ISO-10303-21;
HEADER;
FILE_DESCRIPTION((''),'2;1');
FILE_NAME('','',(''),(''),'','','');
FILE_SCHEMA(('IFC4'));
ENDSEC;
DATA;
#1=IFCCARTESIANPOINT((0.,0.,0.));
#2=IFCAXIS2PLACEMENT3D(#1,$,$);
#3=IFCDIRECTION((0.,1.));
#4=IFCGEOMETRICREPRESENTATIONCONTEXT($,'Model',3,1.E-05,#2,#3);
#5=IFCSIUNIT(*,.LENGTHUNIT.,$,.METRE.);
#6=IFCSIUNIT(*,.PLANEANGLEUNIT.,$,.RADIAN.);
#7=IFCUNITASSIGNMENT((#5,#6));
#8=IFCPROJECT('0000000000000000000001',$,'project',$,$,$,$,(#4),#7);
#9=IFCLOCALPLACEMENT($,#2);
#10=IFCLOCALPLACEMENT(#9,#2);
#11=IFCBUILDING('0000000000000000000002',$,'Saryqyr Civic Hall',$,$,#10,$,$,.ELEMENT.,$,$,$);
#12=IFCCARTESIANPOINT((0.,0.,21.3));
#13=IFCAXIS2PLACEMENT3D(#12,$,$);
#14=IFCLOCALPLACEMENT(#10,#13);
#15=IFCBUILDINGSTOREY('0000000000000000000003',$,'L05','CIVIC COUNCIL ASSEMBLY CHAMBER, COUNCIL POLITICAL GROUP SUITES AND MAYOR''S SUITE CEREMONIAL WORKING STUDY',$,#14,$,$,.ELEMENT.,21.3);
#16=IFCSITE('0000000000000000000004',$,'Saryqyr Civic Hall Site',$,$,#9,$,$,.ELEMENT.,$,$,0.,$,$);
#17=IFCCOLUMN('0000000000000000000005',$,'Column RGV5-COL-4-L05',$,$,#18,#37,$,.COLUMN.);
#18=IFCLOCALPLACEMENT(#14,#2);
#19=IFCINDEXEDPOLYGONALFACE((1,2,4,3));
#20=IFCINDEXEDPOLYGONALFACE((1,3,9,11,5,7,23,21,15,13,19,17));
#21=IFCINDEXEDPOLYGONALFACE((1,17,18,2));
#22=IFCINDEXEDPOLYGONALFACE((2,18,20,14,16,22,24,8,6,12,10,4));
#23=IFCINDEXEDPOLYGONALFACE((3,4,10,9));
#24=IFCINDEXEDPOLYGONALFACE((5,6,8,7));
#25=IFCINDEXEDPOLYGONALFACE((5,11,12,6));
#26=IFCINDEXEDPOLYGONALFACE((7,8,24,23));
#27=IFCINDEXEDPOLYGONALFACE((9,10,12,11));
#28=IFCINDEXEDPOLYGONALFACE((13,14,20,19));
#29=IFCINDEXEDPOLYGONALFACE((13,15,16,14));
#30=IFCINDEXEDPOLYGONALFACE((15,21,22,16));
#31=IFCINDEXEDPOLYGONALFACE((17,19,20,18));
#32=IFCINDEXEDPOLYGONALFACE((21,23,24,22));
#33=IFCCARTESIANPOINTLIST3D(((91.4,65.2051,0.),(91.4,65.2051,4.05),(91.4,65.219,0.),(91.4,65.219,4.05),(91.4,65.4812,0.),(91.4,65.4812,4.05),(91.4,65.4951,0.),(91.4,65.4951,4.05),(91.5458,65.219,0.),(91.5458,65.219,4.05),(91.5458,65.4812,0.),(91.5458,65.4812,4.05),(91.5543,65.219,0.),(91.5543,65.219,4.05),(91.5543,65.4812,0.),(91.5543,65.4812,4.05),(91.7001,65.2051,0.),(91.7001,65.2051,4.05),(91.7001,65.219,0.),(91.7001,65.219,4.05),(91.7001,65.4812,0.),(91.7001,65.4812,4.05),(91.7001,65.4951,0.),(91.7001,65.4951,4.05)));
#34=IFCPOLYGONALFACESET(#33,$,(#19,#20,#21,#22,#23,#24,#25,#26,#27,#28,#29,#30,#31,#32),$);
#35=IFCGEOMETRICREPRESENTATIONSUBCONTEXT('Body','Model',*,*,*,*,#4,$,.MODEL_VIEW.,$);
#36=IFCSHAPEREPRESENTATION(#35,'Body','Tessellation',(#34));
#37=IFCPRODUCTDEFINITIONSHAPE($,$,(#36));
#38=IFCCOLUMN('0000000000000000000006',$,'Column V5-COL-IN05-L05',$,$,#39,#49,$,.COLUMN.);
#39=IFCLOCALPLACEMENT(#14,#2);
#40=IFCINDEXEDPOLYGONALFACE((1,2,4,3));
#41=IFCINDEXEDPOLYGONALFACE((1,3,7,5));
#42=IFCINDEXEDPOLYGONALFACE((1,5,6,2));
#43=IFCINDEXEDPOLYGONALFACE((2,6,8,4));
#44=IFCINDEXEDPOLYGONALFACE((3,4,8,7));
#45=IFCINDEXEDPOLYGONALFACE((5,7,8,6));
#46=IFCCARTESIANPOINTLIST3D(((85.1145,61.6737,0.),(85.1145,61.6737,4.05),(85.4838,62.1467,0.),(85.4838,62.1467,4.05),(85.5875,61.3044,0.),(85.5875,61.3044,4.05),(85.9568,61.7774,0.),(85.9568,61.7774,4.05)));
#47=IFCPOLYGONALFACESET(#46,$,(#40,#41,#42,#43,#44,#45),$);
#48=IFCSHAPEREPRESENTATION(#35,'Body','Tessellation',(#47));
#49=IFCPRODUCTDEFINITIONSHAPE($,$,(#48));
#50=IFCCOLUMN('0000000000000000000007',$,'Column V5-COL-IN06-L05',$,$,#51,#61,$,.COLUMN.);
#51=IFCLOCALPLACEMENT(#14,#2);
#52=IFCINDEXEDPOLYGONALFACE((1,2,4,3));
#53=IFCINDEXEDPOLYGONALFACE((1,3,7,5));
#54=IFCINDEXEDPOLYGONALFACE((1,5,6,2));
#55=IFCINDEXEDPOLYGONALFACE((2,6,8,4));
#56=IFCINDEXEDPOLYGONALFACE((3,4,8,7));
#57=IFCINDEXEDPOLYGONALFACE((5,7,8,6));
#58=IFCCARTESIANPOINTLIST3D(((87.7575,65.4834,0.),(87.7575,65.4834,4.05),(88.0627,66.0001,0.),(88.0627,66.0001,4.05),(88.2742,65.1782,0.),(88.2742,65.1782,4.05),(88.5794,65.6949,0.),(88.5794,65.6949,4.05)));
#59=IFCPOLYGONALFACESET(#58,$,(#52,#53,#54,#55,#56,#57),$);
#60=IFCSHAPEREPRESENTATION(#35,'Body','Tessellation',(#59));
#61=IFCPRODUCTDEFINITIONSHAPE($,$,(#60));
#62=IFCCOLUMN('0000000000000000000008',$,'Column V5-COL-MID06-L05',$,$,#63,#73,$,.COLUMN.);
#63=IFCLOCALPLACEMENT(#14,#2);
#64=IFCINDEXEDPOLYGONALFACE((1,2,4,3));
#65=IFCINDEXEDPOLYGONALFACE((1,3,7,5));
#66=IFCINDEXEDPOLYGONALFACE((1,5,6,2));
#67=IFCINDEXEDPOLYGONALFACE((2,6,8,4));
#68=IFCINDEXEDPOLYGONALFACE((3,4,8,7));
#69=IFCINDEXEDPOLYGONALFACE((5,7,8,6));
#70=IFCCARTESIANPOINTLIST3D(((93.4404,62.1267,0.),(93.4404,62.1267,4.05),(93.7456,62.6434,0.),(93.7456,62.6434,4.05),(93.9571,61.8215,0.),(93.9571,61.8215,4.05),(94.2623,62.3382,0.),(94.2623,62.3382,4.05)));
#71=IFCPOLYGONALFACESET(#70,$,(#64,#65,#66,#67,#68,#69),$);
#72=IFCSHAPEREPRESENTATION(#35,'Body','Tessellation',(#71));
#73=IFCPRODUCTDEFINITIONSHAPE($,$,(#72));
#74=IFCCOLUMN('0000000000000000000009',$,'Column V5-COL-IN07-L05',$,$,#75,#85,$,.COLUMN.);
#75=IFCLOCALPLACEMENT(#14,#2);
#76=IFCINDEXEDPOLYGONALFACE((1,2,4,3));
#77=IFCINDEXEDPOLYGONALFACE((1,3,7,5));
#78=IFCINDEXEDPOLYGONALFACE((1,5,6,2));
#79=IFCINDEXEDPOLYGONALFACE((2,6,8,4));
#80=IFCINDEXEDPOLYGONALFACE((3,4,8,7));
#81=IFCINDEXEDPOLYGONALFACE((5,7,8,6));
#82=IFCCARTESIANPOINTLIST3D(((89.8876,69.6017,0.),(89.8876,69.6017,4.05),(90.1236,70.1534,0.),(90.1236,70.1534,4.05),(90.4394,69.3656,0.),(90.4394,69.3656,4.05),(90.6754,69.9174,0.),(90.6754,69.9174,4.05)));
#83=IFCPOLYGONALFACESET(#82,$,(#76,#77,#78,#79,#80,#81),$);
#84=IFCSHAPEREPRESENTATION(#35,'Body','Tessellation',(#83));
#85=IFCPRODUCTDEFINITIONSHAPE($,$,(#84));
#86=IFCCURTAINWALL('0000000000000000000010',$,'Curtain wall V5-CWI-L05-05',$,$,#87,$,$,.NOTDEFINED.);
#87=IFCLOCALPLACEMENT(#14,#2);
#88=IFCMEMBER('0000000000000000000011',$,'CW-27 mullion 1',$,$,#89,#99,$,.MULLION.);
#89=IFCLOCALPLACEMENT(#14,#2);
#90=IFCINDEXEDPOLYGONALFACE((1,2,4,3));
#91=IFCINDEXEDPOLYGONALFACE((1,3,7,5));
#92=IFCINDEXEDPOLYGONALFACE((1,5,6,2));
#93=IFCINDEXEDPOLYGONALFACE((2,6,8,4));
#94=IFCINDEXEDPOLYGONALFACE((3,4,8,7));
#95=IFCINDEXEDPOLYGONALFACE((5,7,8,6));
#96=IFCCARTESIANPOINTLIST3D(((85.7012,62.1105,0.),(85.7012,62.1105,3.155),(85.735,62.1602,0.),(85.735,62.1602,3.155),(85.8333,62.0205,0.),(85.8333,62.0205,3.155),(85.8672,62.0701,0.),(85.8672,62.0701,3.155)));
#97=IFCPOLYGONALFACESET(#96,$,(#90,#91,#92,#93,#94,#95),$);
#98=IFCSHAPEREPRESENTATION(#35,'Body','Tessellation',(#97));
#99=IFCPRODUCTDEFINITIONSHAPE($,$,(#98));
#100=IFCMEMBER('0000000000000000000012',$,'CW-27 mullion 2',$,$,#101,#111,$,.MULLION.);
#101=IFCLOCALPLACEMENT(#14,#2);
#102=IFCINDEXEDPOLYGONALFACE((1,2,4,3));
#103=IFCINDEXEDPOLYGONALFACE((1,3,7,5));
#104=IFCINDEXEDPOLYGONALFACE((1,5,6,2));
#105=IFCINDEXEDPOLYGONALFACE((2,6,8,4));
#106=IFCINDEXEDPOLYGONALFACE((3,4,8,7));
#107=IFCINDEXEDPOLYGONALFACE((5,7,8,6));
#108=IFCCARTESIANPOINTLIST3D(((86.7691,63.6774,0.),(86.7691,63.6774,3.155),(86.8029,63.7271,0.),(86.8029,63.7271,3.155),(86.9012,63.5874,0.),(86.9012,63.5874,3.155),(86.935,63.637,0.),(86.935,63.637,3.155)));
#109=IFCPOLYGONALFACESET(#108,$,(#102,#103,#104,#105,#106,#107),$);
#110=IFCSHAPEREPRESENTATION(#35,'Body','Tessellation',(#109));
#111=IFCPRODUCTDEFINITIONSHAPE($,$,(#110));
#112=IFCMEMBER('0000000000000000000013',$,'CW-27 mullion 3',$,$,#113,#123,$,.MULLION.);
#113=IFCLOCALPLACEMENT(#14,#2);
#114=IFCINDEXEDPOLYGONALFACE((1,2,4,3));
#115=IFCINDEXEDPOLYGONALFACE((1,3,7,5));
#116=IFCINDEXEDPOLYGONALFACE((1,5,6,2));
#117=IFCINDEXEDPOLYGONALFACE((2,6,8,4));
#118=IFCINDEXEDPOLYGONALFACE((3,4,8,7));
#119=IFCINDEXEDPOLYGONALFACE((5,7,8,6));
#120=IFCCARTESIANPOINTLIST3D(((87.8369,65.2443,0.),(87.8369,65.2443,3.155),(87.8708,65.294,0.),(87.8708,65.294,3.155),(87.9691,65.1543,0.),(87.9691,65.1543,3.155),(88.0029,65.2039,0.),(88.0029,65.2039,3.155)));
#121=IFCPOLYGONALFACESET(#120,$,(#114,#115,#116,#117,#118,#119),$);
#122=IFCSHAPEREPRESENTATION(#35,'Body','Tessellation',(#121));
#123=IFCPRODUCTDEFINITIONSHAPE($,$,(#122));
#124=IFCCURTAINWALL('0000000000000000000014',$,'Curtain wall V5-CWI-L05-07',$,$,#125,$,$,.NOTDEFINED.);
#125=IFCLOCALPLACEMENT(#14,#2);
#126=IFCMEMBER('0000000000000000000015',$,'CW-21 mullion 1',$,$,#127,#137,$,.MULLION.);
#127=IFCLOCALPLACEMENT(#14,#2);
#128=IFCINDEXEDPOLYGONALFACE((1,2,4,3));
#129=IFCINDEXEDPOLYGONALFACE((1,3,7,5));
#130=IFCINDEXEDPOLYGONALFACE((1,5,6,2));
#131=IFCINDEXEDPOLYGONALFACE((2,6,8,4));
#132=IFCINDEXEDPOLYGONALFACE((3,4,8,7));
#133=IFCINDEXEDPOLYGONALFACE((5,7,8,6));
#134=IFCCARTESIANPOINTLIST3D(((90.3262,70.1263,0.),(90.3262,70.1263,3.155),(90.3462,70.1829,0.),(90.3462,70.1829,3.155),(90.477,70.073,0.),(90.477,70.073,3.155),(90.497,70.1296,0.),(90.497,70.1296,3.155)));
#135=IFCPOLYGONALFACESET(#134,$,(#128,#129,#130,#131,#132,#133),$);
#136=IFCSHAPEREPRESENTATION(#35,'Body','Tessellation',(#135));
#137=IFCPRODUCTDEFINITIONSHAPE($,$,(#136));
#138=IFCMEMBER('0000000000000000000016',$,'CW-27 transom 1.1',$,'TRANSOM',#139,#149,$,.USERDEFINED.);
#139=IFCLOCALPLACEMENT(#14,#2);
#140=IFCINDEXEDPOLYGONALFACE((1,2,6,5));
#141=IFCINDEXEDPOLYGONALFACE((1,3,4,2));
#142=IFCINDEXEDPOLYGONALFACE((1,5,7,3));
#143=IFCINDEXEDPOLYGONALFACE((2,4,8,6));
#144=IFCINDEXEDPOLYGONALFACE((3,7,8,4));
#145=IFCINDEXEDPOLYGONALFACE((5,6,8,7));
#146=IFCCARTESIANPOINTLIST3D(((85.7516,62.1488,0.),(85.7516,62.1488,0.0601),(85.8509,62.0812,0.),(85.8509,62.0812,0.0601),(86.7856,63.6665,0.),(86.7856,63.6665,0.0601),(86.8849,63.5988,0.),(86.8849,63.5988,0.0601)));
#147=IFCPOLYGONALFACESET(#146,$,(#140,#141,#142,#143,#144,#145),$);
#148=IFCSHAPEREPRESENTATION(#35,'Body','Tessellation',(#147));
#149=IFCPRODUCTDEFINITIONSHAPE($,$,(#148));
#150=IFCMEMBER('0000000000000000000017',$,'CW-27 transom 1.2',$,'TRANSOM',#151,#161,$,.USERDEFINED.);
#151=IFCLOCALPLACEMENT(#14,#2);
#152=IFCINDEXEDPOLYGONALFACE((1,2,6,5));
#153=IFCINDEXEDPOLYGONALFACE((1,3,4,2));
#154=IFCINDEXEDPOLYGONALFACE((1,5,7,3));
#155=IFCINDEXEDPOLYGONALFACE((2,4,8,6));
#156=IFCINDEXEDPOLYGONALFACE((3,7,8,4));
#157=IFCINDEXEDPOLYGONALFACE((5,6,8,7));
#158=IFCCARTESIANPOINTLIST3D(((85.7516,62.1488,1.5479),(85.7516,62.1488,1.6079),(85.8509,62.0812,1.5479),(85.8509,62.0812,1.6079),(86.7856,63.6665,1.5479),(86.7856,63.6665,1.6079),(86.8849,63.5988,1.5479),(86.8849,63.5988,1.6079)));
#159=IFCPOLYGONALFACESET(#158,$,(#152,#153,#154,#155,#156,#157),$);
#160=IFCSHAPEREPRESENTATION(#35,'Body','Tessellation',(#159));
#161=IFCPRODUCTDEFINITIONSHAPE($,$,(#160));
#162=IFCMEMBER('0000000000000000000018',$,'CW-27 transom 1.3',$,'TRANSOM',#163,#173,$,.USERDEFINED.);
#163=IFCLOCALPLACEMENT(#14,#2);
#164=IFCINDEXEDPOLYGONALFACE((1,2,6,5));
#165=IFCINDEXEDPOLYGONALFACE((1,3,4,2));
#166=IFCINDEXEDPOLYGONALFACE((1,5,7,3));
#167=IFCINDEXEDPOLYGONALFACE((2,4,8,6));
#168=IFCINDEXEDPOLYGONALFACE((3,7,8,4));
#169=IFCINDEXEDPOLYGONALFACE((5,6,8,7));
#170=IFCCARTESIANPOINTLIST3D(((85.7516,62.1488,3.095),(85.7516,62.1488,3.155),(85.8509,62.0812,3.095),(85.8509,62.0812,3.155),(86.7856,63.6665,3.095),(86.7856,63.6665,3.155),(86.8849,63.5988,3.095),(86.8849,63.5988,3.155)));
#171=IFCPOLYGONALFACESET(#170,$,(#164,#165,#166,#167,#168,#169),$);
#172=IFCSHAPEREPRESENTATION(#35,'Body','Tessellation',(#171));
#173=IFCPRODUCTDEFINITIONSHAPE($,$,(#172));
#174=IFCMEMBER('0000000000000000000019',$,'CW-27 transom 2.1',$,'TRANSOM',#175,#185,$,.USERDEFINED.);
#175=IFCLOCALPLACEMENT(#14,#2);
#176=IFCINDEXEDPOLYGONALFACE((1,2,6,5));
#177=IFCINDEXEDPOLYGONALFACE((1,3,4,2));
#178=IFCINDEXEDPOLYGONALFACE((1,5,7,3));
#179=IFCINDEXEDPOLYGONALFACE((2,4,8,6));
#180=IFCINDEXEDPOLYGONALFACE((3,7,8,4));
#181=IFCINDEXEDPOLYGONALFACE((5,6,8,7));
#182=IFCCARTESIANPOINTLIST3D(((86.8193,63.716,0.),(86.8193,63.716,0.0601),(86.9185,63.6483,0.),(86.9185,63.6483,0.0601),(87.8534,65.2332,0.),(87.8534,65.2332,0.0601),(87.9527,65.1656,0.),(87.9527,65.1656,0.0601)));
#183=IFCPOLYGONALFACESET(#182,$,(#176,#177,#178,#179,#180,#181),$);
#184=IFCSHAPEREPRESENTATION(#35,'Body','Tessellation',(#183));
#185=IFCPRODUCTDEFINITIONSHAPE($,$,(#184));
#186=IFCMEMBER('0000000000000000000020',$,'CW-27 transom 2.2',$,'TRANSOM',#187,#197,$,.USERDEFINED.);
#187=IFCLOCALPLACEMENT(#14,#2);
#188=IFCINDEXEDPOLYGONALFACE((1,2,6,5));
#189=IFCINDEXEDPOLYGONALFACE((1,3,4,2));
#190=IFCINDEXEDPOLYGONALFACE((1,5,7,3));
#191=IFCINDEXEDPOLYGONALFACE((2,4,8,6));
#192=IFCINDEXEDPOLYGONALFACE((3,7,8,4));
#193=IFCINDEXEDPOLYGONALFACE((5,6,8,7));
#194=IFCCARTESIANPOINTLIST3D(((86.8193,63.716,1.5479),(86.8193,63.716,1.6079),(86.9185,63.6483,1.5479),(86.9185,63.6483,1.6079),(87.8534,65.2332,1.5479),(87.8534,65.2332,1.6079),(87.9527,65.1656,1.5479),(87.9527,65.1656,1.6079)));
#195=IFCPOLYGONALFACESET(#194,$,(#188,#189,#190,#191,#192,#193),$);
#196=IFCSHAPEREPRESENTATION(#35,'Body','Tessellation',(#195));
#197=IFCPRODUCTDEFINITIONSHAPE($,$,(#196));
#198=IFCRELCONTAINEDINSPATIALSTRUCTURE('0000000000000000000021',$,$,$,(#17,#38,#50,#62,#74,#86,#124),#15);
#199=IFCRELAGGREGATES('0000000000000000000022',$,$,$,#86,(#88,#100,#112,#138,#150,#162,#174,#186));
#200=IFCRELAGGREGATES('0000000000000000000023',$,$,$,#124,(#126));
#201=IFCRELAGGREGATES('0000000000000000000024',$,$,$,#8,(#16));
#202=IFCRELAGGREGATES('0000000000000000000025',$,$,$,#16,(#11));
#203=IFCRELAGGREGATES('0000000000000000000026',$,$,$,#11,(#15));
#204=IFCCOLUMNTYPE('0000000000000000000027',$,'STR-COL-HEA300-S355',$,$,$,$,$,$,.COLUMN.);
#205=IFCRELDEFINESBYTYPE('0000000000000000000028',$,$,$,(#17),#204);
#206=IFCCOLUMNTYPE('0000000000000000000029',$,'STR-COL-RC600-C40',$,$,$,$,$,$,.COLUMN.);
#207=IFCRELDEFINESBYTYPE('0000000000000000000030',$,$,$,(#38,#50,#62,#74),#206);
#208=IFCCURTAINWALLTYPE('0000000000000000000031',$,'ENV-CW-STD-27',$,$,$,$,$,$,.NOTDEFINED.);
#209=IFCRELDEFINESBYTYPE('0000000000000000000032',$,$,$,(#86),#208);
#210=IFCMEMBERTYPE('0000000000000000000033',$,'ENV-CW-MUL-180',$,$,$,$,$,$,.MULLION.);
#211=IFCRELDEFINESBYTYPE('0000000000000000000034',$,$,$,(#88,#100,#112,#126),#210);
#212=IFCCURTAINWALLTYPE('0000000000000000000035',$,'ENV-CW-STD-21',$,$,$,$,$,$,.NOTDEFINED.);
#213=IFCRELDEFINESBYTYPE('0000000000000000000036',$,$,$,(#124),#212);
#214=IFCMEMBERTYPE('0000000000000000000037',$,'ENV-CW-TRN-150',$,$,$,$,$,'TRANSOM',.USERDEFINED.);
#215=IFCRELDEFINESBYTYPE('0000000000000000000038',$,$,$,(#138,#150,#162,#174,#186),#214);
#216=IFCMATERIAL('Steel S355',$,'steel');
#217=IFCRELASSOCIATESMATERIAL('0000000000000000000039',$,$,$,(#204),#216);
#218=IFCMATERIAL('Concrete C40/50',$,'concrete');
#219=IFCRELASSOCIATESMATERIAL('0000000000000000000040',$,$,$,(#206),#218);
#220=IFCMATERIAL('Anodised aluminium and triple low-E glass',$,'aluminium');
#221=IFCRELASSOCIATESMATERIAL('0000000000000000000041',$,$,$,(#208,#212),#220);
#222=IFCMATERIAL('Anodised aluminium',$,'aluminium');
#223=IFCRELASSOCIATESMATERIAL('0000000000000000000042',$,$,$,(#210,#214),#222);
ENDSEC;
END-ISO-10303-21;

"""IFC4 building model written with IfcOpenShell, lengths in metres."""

from ifc_helpers import new_model, si_unit, direction, frame, origin, origin_2d, place, context, subcontext, project, spatial, rectangle, i_section, extrude, material, material_profile, profile_set, type_object, element, aggregate, save


model = new_model("IFC4")

# Units and contexts
model_context = context("Model", 3, precision=1e-05, world=origin(), true_north=direction((0.0, 1.0)))
body_context = subcontext(model_context, "Body", "Model", "MODEL_VIEW")
ifc_project = project(units=[si_unit("LENGTHUNIT", "METRE"), si_unit("PLANEANGLEUNIT", "RADIAN")], contexts=[model_context])

# Site, building, storey
site_placement = place(None, origin())
site = spatial("IfcSite", under=ifc_project, at=site_placement, Name="Saryqyr Civic Hall Site", CompositionType="ELEMENT", RefElevation=0.0)
building_placement = place(site_placement, origin())
building = spatial("IfcBuilding", under=site, at=building_placement, Name="Saryqyr Civic Hall", CompositionType="ELEMENT")
storey_placement = place(building_placement, frame((0.0, 0.0, 21.3)))
storey = spatial("IfcBuildingStorey", under=building, at=storey_placement, Name="L05", Description="CIVIC COUNCIL ASSEMBLY CHAMBER, COUNCIL POLITICAL GROUP SUITES AND MAYOR'S SUITE CEREMONIAL WORKING STUDY", CompositionType="ELEMENT", Elevation=21.3)

# Columns
ifc_material_1 = material(Name="Steel S355", Category="steel")
ifc_material_profile_1 = material_profile(ifc_material_1, i_section(OverallWidth=0.3, OverallDepth=0.29, WebThickness=0.0085, FlangeThickness=0.0139, at=origin_2d()), Name="HEA 300")
ifc_profile_set_1 = profile_set([ifc_material_profile_1], Name="Steel S355")
column_type_1 = type_object("IfcColumnType", Name="STR-COL-HEA300-S355", PredefinedType="COLUMN", material=ifc_profile_set_1)
column_placement = place(storey_placement, frame((91.55, 65.3501, 0.0), z_axis=(0.0, 0.0, 1.0), x_axis=(1.0, 0.0, 0.0)))
element("IfcColumn", 1, at=column_placement, inside=storey, type_object=column_type_1, Name="Column RGV5-COL-4-L05", PredefinedType="COLUMN", context=body_context, shape_type="SweptSolid", body=[
    extrude(i_section(OverallWidth=0.3, OverallDepth=0.29, WebThickness=0.0085, FlangeThickness=0.0139, at=origin_2d()), origin(), (0.0, 0.0, 1.0), 4.05),
])
ifc_material_2 = material(Name="Concrete C40/50", Category="concrete")
ifc_material_profile_2 = material_profile(ifc_material_2, rectangle(XDim=0.6001, YDim=0.6001, at=origin_2d()), Name="RC 600x600")
ifc_profile_set_2 = profile_set([ifc_material_profile_2], Name="Concrete C40/50")
column_type_2 = type_object("IfcColumnType", Name="STR-COL-RC600-C40", PredefinedType="COLUMN", material=ifc_profile_set_2)
for number, where, z_axis, x_axis, name in (
    (2, (85.5356, 61.7256, 0.0), (0.0, 0.0, 1.0), (0.788226, -0.615386, 0.0), "Column V5-COL-IN05-L05"),
    (3, (88.1685, 65.5891, 0.0), (0.0, 0.0, 1.0), (0.861008, -0.508591, 0.0), "Column V5-COL-IN06-L05"),
    (4, (93.8513, 62.2324, 0.0), (0.0, 0.0, 1.0), (0.861008, -0.508591, 0.0), "Column V5-COL-MID06-L05"),
    (5, (90.2815, 69.7595, 0.0), (0.0, 0.0, 1.0), (0.91941, -0.3933, 0.0), "Column V5-COL-IN07-L05"),
):
    element("IfcColumn", number, at=place(storey_placement, frame(where, z_axis=z_axis, x_axis=x_axis)), inside=storey, type_object=column_type_2, Name=name, PredefinedType="COLUMN", context=body_context, shape_type="SweptSolid", body=[
        extrude(rectangle(XDim=0.6001, YDim=0.6001, at=origin_2d()), origin(), (0.0, 0.0, 1.0), 4.05),
    ])

# Curtain wall, members
ifc_material_3 = material(Name="Anodised aluminium and triple low-E glass", Category="aluminium")
curtain_wall_type_1 = type_object("IfcCurtainWallType", Name="ENV-CW-STD-27", PredefinedType="NOTDEFINED", material=ifc_material_3)
curtain_wall_1_placement = place(storey_placement, origin())
curtain_wall_1 = element("IfcCurtainWall", 6, at=curtain_wall_1_placement, inside=storey, type_object=curtain_wall_type_1, Name="Curtain wall V5-CWI-L05-05", PredefinedType="NOTDEFINED")
ifc_material_4 = material(Name="Anodised aluminium", Category="aluminium")
ifc_material_profile_3 = material_profile(ifc_material_4, rectangle(XDim=0.0601, YDim=0.1599, at=origin_2d()), Name="ALU MULLION 60x160")
ifc_profile_set_3 = profile_set([ifc_material_profile_3], Name="Anodised aluminium")
member_type_1 = type_object("IfcMemberType", Name="ENV-CW-MUL-180", PredefinedType="MULLION", material=ifc_profile_set_3)
member_1_placement = place(storey_placement, frame((85.7842, 62.0903, 0.0), z_axis=(0.0, 0.0, 1.0), x_axis=(0.56313, 0.826368, 0.0)))
member_1 = element("IfcMember", 7, at=member_1_placement, type_object=member_type_1, Name="CW-27 mullion 1", PredefinedType="MULLION", context=body_context, shape_type="SweptSolid", body=[
    extrude(rectangle(XDim=0.0601, YDim=0.1599, at=origin_2d()), origin(), (0.0, 0.0, 1.0), 3.155),
])
member_2_placement = place(storey_placement, frame((86.8521, 63.6572, 0.0), z_axis=(0.0, 0.0, 1.0), x_axis=(0.56313, 0.826368, 0.0)))
member_2 = element("IfcMember", 8, at=member_2_placement, type_object=member_type_1, Name="CW-27 mullion 2", PredefinedType="MULLION", context=body_context, shape_type="SweptSolid", body=[
    extrude(rectangle(XDim=0.0601, YDim=0.1599, at=origin_2d()), origin(), (0.0, 0.0, 1.0), 3.155),
])
member_3_placement = place(storey_placement, frame((87.9199, 65.2241, 0.0), z_axis=(0.0, 0.0, 1.0), x_axis=(0.56313, 0.826368, 0.0)))
member_3 = element("IfcMember", 9, at=member_3_placement, type_object=member_type_1, Name="CW-27 mullion 3", PredefinedType="MULLION", context=body_context, shape_type="SweptSolid", body=[
    extrude(rectangle(XDim=0.0601, YDim=0.1599, at=origin_2d()), origin(), (0.0, 0.0, 1.0), 3.155),
])

# Curtain wall, member
curtain_wall_type_2 = type_object("IfcCurtainWallType", Name="ENV-CW-STD-21", PredefinedType="NOTDEFINED", material=ifc_material_3)
curtain_wall_2_placement = place(storey_placement, origin())
curtain_wall_2 = element("IfcCurtainWall", 10, at=curtain_wall_2_placement, inside=storey, type_object=curtain_wall_type_2, Name="Curtain wall V5-CWI-L05-07", PredefinedType="NOTDEFINED")
member_4_placement = place(storey_placement, frame((90.4116, 70.1279, 0.0), z_axis=(0.0, 0.0, 1.0), x_axis=(0.333172, 0.942866, 0.0)))
member_4 = element("IfcMember", 11, at=member_4_placement, type_object=member_type_1, Name="CW-21 mullion 1", PredefinedType="MULLION", context=body_context, shape_type="SweptSolid", body=[
    extrude(rectangle(XDim=0.0601, YDim=0.1599, at=origin_2d()), origin(), (0.0, 0.0, 1.0), 3.155),
])

# Members
ifc_material_profile_4 = material_profile(ifc_material_4, rectangle(XDim=0.1201, YDim=0.0601, at=origin_2d()), Name="ALU TRANSOM 120x60")
ifc_profile_set_4 = profile_set([ifc_material_profile_4], Name="Anodised aluminium")
member_type_2 = type_object("IfcMemberType", Name="ENV-CW-TRN-150", ElementType="TRANSOM", PredefinedType="USERDEFINED", material=ifc_profile_set_4)
member_5_placement = place(storey_placement, frame((85.8013, 62.115, 0.03), z_axis=(0.563048, 0.826424, 0.0), x_axis=(-0.826424, 0.563048, 0.0)))
member_5 = element("IfcMember", 12, at=member_5_placement, type_object=member_type_2, Name="CW-27 transom 1.1", ObjectType="TRANSOM", PredefinedType="USERDEFINED", context=body_context, shape_type="SweptSolid", body=[
    extrude(rectangle(XDim=0.1201, YDim=0.0601, at=origin_2d()), origin(), (0.0, 0.0, 1.0), 1.8364),
])
member_6_placement = place(storey_placement, frame((85.8013, 62.115, 1.5779), z_axis=(0.563048, 0.826424, 0.0), x_axis=(-0.826424, 0.563048, 0.0)))
member_6 = element("IfcMember", 13, at=member_6_placement, type_object=member_type_2, Name="CW-27 transom 1.2", ObjectType="TRANSOM", PredefinedType="USERDEFINED", context=body_context, shape_type="SweptSolid", body=[
    extrude(rectangle(XDim=0.1201, YDim=0.0601, at=origin_2d()), origin(), (0.0, 0.0, 1.0), 1.8364),
])
member_7_placement = place(storey_placement, frame((85.8013, 62.115, 3.125), z_axis=(0.563048, 0.826424, 0.0), x_axis=(-0.826424, 0.563048, 0.0)))
member_7 = element("IfcMember", 14, at=member_7_placement, type_object=member_type_2, Name="CW-27 transom 1.3", ObjectType="TRANSOM", PredefinedType="USERDEFINED", context=body_context, shape_type="SweptSolid", body=[
    extrude(rectangle(XDim=0.1201, YDim=0.0601, at=origin_2d()), origin(), (0.0, 0.0, 1.0), 1.8364),
])
member_8_placement = place(storey_placement, frame((86.8689, 63.6821, 0.03), z_axis=(0.563201, 0.82632, 0.0), x_axis=(-0.82632, 0.563201, 0.0)))
member_8 = element("IfcMember", 15, at=member_8_placement, type_object=member_type_2, Name="CW-27 transom 2.1", ObjectType="TRANSOM", PredefinedType="USERDEFINED", context=body_context, shape_type="SweptSolid", body=[
    extrude(rectangle(XDim=0.1201, YDim=0.0601, at=origin_2d()), origin(), (0.0, 0.0, 1.0), 1.8362),
])
member_9_placement = place(storey_placement, frame((86.8689, 63.6821, 1.5779), z_axis=(0.563201, 0.82632, 0.0), x_axis=(-0.82632, 0.563201, 0.0)))
member_9 = element("IfcMember", 16, at=member_9_placement, type_object=member_type_2, Name="CW-27 transom 2.2", ObjectType="TRANSOM", PredefinedType="USERDEFINED", context=body_context, shape_type="SweptSolid", body=[
    extrude(rectangle(XDim=0.1201, YDim=0.0601, at=origin_2d()), origin(), (0.0, 0.0, 1.0), 1.8362),
])

aggregate(curtain_wall_1, [member_1, member_2, member_3, member_5, member_6, member_7, member_8, member_9])
aggregate(curtain_wall_2, [member_4])

save(model, "model.ifc")
